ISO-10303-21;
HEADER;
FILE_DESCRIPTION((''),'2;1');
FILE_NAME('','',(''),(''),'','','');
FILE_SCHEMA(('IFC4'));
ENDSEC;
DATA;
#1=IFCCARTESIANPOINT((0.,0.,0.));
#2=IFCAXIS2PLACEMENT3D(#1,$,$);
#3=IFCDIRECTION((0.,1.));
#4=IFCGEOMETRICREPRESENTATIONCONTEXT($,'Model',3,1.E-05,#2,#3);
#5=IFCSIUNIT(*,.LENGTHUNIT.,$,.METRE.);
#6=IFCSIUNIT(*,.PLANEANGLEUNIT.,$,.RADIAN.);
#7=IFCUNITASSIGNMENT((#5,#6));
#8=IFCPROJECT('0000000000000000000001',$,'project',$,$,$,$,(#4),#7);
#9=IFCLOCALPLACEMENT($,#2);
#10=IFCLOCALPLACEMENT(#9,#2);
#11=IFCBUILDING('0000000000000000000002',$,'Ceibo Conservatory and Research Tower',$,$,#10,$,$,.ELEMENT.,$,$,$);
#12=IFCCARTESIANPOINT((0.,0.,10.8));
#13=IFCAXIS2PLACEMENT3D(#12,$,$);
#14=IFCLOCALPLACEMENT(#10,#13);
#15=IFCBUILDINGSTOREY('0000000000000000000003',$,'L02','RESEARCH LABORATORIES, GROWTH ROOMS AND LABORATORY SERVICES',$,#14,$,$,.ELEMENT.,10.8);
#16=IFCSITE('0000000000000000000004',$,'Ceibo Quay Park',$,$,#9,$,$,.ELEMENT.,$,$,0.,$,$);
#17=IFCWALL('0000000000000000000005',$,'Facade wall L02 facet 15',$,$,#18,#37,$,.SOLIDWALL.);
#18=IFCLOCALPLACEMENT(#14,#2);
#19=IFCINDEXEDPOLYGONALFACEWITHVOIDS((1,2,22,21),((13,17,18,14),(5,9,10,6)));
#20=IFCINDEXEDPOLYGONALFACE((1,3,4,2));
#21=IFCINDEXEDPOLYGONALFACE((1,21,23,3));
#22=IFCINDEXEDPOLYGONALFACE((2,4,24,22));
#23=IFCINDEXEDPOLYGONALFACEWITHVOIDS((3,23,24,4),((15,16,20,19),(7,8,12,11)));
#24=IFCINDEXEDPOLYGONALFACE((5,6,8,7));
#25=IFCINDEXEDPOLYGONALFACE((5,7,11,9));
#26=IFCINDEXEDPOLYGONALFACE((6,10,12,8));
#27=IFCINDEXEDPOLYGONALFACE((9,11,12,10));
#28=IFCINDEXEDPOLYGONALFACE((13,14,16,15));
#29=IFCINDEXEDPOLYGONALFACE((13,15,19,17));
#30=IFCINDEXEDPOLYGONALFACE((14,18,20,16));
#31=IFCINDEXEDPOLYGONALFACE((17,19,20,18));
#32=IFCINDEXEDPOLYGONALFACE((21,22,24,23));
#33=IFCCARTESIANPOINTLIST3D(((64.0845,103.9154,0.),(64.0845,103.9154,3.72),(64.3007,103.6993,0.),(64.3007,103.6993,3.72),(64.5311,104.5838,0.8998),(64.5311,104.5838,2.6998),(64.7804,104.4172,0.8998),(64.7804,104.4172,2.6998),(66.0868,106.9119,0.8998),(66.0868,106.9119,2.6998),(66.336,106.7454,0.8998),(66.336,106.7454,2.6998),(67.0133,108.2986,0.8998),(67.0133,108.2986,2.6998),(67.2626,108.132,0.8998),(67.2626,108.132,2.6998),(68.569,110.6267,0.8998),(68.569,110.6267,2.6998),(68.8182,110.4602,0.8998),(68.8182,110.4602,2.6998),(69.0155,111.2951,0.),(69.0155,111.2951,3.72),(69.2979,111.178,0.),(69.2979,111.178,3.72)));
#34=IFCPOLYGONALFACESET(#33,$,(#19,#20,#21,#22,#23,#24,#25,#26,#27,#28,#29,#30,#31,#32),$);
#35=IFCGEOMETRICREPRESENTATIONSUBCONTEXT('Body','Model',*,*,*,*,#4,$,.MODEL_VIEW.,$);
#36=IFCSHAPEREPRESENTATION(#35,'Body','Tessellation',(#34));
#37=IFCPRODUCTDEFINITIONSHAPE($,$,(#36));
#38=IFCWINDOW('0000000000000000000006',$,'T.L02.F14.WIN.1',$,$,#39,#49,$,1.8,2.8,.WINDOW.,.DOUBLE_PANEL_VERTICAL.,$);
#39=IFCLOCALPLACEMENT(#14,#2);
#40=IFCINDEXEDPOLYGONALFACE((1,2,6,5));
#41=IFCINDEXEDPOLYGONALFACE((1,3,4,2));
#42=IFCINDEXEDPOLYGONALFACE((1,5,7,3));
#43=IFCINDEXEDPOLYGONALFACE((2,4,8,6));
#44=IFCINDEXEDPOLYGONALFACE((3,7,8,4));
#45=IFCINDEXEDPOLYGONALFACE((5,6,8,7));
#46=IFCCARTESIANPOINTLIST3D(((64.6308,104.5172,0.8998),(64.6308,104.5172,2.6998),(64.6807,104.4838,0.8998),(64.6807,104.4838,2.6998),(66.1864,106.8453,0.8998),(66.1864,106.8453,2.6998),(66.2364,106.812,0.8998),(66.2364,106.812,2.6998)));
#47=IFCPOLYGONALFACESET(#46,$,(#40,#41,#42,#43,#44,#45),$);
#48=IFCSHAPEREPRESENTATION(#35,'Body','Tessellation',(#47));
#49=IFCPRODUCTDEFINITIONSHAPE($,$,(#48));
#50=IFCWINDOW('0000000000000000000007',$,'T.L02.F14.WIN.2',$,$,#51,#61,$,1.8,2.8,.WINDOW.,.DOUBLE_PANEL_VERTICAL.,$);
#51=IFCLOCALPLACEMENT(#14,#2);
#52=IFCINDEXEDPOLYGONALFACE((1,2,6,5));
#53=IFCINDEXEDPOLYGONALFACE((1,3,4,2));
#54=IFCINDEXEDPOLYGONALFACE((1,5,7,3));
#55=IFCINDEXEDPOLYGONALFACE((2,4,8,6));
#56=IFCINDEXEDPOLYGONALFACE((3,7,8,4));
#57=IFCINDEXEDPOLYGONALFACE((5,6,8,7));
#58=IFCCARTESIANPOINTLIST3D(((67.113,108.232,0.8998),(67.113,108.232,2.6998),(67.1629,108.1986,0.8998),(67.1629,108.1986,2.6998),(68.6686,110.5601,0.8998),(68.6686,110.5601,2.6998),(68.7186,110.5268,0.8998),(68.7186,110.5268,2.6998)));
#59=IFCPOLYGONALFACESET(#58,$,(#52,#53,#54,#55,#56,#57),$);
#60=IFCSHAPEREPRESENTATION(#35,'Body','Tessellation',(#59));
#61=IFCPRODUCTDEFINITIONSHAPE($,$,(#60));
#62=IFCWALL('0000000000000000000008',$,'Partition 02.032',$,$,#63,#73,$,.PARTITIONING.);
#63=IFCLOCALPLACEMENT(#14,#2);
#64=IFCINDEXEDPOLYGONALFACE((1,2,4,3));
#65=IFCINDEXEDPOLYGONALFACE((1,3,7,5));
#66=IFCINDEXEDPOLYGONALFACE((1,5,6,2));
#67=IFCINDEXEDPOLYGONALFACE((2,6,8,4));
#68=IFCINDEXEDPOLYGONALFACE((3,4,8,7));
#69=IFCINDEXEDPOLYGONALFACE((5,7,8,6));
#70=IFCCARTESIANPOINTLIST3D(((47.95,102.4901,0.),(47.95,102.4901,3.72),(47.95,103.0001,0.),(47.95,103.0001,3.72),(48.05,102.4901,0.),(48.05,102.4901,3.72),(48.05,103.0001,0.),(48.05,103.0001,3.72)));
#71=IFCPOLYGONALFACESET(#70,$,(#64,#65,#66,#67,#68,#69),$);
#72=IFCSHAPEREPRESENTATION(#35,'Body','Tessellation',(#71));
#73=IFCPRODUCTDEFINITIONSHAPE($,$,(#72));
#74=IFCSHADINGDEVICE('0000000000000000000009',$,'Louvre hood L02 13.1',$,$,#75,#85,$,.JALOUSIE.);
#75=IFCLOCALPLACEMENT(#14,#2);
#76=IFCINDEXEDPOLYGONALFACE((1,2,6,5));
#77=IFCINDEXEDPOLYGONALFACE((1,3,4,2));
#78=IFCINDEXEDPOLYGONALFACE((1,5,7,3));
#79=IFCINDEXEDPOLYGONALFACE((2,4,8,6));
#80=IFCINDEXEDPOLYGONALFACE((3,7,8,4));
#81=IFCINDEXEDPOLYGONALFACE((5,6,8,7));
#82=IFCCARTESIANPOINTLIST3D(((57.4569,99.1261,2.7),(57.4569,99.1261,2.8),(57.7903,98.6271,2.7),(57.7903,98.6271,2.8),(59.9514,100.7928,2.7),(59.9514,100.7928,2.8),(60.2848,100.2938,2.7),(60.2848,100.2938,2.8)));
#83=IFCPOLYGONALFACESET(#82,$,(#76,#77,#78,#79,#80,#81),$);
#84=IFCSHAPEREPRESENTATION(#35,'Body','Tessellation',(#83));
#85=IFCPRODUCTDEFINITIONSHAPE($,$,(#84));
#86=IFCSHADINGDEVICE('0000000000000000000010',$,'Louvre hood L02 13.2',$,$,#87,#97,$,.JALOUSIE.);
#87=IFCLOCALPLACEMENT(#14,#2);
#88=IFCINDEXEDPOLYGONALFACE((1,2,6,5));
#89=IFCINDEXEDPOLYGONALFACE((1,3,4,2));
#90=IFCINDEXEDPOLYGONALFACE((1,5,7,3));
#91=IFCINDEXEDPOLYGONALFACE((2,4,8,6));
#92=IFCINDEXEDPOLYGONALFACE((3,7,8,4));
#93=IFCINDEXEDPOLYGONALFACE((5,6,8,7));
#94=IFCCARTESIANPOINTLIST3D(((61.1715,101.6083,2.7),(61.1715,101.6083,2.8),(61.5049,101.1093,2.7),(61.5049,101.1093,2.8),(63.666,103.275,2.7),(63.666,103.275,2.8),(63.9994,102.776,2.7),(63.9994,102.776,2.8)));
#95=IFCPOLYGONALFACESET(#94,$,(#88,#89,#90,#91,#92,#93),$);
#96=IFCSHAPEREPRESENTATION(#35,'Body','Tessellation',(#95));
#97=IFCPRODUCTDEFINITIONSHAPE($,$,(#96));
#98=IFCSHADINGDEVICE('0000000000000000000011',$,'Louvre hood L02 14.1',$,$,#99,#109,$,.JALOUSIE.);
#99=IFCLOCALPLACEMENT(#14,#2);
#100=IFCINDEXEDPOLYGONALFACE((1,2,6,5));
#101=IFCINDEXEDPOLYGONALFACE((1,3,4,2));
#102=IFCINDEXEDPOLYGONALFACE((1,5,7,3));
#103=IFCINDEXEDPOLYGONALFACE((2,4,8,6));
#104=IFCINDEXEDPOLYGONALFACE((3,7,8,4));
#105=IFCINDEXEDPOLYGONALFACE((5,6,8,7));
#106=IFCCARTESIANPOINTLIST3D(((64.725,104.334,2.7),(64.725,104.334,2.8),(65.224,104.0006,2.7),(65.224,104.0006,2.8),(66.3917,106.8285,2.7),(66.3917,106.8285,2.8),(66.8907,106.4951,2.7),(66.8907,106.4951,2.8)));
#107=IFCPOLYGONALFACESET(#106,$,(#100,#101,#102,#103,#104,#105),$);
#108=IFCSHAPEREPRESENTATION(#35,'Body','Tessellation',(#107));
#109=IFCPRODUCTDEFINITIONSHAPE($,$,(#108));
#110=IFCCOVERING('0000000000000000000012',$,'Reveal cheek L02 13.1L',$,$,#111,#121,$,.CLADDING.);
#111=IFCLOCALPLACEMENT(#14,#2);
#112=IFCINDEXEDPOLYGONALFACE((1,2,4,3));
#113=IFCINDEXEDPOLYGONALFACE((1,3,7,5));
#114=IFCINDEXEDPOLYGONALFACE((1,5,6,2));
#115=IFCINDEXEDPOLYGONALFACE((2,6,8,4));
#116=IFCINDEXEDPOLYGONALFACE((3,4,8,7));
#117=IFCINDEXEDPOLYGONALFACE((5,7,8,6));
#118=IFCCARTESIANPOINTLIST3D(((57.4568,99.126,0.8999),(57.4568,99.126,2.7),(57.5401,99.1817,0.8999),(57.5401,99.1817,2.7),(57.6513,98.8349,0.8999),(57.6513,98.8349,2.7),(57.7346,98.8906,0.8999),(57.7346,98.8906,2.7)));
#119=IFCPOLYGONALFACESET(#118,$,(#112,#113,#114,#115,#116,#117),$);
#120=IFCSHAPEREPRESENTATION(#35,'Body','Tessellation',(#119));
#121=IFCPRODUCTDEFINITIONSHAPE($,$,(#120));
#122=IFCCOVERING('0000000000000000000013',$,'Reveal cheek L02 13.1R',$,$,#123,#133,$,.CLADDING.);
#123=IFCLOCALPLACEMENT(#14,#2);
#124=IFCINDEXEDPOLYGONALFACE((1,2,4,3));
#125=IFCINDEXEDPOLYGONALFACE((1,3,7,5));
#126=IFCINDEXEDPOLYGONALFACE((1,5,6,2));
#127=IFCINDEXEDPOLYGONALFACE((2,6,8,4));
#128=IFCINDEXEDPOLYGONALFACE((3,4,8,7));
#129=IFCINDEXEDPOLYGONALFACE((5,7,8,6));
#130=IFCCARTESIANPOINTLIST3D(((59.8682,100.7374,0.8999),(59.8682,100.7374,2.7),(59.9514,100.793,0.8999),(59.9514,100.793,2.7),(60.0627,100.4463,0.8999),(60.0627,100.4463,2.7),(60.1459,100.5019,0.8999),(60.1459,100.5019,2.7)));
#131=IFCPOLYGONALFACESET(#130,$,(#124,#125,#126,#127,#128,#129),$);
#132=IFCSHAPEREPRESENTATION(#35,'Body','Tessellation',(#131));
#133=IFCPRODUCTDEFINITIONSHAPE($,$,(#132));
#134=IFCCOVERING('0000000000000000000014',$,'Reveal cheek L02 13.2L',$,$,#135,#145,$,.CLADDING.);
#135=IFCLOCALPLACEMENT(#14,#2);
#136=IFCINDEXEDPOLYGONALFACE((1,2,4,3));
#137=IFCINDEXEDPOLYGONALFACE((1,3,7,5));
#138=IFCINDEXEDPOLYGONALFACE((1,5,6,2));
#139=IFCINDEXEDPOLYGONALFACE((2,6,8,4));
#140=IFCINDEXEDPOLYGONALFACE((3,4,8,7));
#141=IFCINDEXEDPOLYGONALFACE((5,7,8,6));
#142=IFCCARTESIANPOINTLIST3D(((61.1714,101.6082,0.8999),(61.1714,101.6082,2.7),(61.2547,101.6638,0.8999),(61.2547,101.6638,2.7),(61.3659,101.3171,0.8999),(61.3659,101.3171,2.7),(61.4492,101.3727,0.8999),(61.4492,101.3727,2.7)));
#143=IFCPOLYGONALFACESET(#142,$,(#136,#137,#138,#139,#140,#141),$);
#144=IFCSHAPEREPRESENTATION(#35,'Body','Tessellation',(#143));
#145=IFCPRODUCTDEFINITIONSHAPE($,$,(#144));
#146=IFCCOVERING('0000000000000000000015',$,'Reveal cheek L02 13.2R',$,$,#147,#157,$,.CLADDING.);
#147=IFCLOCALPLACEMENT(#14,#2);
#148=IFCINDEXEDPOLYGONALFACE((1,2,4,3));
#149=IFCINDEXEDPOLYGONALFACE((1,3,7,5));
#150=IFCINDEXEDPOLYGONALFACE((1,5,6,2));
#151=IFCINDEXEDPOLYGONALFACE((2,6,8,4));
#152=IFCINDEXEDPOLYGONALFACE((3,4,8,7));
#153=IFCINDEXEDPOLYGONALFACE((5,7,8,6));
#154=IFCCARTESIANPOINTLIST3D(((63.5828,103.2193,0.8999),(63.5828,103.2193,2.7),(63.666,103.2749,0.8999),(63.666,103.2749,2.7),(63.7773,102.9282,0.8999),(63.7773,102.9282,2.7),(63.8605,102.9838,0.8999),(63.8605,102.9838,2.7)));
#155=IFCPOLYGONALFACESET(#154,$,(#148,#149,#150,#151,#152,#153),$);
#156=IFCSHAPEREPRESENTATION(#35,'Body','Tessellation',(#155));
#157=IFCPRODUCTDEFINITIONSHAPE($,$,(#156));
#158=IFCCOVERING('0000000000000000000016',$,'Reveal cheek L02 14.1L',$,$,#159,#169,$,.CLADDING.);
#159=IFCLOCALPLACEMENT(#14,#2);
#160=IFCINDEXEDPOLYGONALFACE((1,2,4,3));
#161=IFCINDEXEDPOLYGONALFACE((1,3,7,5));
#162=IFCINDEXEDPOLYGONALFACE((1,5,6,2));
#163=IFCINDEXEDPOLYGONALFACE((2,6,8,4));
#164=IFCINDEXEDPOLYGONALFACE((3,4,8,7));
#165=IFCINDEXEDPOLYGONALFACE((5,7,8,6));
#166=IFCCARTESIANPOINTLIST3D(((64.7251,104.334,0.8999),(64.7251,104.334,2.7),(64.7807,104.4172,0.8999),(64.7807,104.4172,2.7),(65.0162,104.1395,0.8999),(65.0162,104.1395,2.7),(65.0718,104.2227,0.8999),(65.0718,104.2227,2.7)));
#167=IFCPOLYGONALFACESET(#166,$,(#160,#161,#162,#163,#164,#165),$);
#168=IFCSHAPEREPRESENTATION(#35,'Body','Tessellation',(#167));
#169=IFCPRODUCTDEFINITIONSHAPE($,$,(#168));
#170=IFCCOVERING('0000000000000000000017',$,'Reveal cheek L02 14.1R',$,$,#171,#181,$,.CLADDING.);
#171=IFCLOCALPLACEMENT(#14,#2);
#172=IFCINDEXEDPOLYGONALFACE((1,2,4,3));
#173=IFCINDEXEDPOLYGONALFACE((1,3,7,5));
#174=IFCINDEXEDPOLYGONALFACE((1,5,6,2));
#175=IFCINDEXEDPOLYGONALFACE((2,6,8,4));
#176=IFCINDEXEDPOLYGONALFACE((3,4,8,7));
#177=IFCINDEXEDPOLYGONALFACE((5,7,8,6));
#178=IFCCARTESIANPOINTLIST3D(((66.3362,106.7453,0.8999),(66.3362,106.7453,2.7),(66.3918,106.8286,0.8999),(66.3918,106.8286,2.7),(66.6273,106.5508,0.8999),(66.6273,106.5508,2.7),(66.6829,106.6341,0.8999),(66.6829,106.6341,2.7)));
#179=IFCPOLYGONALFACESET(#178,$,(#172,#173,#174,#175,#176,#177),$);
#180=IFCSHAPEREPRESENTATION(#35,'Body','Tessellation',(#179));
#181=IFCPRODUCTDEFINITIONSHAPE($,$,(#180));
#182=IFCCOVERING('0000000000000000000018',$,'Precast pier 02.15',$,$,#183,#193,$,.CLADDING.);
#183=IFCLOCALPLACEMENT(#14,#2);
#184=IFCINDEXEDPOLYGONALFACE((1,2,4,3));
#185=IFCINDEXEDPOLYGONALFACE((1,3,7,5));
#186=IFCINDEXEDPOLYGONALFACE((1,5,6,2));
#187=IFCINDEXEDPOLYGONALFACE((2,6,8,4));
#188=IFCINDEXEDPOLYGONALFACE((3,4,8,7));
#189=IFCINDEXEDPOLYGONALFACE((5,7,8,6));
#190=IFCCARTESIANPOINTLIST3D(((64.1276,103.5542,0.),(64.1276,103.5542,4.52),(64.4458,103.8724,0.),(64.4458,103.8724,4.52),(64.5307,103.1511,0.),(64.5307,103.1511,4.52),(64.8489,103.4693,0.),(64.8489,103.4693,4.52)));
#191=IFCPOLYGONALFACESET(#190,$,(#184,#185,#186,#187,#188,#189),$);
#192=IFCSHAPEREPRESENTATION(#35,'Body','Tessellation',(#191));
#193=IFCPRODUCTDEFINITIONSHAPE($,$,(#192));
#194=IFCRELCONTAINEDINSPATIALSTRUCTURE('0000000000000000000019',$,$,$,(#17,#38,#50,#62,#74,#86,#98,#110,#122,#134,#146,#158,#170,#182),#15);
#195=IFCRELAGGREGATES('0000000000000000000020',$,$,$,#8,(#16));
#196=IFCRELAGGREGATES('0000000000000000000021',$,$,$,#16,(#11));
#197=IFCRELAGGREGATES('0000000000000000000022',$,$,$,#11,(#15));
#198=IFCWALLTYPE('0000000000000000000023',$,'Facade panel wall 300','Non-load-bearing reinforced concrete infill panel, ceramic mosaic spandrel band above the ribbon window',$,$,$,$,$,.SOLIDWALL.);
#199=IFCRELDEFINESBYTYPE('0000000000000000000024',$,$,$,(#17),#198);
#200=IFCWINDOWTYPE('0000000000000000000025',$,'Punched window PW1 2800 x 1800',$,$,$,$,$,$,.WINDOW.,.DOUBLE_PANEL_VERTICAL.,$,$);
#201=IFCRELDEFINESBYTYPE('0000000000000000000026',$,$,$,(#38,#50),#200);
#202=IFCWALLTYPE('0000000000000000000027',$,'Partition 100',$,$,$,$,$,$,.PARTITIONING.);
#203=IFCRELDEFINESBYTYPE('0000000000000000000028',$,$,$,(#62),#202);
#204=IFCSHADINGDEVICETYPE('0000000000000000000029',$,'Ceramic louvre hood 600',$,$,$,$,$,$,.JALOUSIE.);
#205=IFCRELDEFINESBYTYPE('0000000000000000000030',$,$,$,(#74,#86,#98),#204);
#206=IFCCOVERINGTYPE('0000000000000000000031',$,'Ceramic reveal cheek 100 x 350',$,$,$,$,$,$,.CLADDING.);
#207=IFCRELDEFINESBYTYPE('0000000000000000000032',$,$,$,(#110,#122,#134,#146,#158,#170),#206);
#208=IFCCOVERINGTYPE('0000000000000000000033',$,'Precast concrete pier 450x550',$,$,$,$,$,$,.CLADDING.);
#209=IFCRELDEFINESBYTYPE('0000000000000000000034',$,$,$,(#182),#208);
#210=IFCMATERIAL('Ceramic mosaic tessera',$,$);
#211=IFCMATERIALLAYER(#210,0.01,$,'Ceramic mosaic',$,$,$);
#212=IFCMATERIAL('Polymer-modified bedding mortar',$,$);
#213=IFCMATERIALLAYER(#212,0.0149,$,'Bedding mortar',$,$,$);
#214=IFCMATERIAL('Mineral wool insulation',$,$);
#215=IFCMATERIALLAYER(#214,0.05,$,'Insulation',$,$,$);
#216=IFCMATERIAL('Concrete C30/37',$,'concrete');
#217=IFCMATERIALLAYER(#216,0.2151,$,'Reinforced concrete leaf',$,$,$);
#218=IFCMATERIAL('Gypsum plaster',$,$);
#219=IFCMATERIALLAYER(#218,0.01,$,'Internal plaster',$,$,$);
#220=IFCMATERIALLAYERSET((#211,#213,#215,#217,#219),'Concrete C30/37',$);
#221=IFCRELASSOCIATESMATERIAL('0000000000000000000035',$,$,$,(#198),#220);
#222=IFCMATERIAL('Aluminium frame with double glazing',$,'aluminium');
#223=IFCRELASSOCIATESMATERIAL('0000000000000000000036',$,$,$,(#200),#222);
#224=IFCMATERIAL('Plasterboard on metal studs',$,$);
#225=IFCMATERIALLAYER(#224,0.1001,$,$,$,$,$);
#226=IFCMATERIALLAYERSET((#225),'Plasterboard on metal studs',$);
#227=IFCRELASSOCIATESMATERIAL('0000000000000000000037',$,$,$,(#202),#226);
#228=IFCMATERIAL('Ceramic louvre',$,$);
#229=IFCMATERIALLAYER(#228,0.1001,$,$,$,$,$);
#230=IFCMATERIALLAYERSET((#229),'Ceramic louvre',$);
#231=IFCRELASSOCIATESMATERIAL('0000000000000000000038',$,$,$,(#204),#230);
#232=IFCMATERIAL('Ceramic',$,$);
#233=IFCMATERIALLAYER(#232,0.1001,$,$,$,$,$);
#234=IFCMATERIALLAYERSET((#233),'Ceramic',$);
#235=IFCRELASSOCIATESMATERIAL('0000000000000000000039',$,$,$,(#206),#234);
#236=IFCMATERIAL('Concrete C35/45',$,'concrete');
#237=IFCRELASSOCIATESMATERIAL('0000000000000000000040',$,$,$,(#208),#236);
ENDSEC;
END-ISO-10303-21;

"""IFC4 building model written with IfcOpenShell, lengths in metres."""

from ifc_helpers import new_model, si_unit, direction, frame, frame_2d, origin, origin_2d, place, context, subcontext, project, spatial, polyline, rectangle, outline, extrude, material, layer, layer_set, type_object, element, fill, save


model = new_model("IFC4")

# Units and contexts
model_context = context("Model", 3, precision=1e-05, world=origin(), true_north=direction((0.0, 1.0)))
body_context = subcontext(model_context, "Body", "Model", "MODEL_VIEW")
ifc_project = project(units=[si_unit("LENGTHUNIT", "METRE"), si_unit("PLANEANGLEUNIT", "RADIAN")], contexts=[model_context])

# Site, building, storey
site_placement = place(None, origin())
site = spatial("IfcSite", under=ifc_project, at=site_placement, Name="Ceibo Quay Park", CompositionType="ELEMENT", RefElevation=0.0)
building_placement = place(site_placement, origin())
building = spatial("IfcBuilding", under=site, at=building_placement, Name="Ceibo Conservatory and Research Tower", CompositionType="ELEMENT")
storey_placement = place(building_placement, frame((0.0, 0.0, 10.8)))
storey = spatial("IfcBuildingStorey", under=building, at=storey_placement, Name="L02", Description="RESEARCH LABORATORIES, GROWTH ROOMS AND LABORATORY SERVICES", CompositionType="ELEMENT", Elevation=10.8)

# Shared definitions
ifc_material_1 = material(Name="Concrete C35/45", Category="concrete")

# Wall, openings, windows
ifc_material_2 = material(Name="Ceramic mosaic tessera")
ifc_layer_1 = layer(ifc_material_2, 0.01, Name="Ceramic mosaic")
ifc_material_3 = material(Name="Polymer-modified bedding mortar")
ifc_layer_2 = layer(ifc_material_3, 0.0149, Name="Bedding mortar")
ifc_material_4 = material(Name="Mineral wool insulation")
ifc_layer_3 = layer(ifc_material_4, 0.05, Name="Insulation")
ifc_material_5 = material(Name="Concrete C30/37", Category="concrete")
ifc_layer_4 = layer(ifc_material_5, 0.2151, Name="Reinforced concrete leaf")
ifc_material_6 = material(Name="Gypsum plaster")
ifc_layer_5 = layer(ifc_material_6, 0.01, Name="Internal plaster")
ifc_layer_set_1 = layer_set([ifc_layer_1, ifc_layer_2, ifc_layer_3, ifc_layer_4, ifc_layer_5], Name="Concrete C30/37")
wall_type_1 = type_object("IfcWallType", Name="Facade panel wall 300", Description="Non-load-bearing reinforced concrete infill panel, ceramic mosaic spandrel band above the ribbon window", PredefinedType="SOLIDWALL", material=ifc_layer_set_1)
wall_1_placement = place(storey_placement, frame((64.1926, 103.8074, 0.0), z_axis=(0.0, 0.0, 1.0), x_axis=(0.555576, 0.831466, 0.0)))
wall_1 = element("IfcWall", 1, at=wall_1_placement, inside=storey, type_object=wall_type_1, Name="Facade wall L02 facet 15", PredefinedType="SOLIDWALL", context=body_context, shape_type="SweptSolid", body=[
    extrude(outline(polyline([(-0.0298, -0.1499), (8.9648, -0.1499), (8.9053, 0.1499), (0.0298, 0.1499), (-0.0298, -0.1499)])), origin(), (0.0, 0.0, 1.0), 3.72),
])
opening_1_placement = place(wall_1_placement, frame((0.8337, 0.0, 0.8999)))
opening_1 = element("IfcOpeningElement", 2, at=opening_1_placement, cuts=wall_1, PredefinedType="OPENING", context=body_context, shape_type="SweptSolid", body=[
    extrude(rectangle(XDim=2.8, YDim=1.8, at=frame_2d((1.3999, 0.8999))), frame((0.0, 0.1599, 0.0), z_axis=(0.0, -1.0, 0.0), x_axis=(1.0, 0.0, 0.0)), (0.0, 0.0, 1.0), 0.3201),
])
opening_2_placement = place(wall_1_placement, frame((5.3015, 0.0, 0.8999)))
opening_2 = element("IfcOpeningElement", 3, at=opening_2_placement, cuts=wall_1, PredefinedType="OPENING", context=body_context, shape_type="SweptSolid", body=[
    extrude(rectangle(XDim=2.8, YDim=1.8, at=frame_2d((1.3999, 0.8999))), frame((0.0, 0.1599, 0.0), z_axis=(0.0, -1.0, 0.0), x_axis=(1.0, 0.0, 0.0)), (0.0, 0.0, 1.0), 0.3201),
])
ifc_material_7 = material(Name="Aluminium frame with double glazing", Category="aluminium")
window_type = type_object("IfcWindowType", Name="Punched window PW1 2800 x 1800", PartitioningType="DOUBLE_PANEL_VERTICAL", PredefinedType="WINDOW", material=ifc_material_7)
window_1_placement = place(opening_1_placement, origin())
window_1 = element("IfcWindow", 4, at=window_1_placement, inside=storey, type_object=window_type, Name="T.L02.F14.WIN.1", OverallHeight=1.8, OverallWidth=2.8, PartitioningType="DOUBLE_PANEL_VERTICAL", PredefinedType="WINDOW", context=body_context, shape_type="SweptSolid", body=[
    extrude(rectangle(XDim=2.8, YDim=1.8, at=frame_2d((1.3999, 0.8999))), frame((0.0, 0.03, 0.0), z_axis=(0.0, -1.0, 0.0), x_axis=(1.0, 0.0, 0.0)), (0.0, 0.0, 1.0), 0.0601),
])
fill(opening_1, window_1)
window_2_placement = place(opening_2_placement, origin())
window_2 = element("IfcWindow", 5, at=window_2_placement, inside=storey, type_object=window_type, Name="T.L02.F14.WIN.2", OverallHeight=1.8, OverallWidth=2.8, PartitioningType="DOUBLE_PANEL_VERTICAL", PredefinedType="WINDOW", context=body_context, shape_type="SweptSolid", body=[
    extrude(rectangle(XDim=2.8, YDim=1.8, at=frame_2d((1.3999, 0.8999))), frame((0.0, 0.03, 0.0), z_axis=(0.0, -1.0, 0.0), x_axis=(1.0, 0.0, 0.0)), (0.0, 0.0, 1.0), 0.0601),
])
fill(opening_2, window_2)

# Wall
ifc_material_8 = material(Name="Plasterboard on metal studs")
ifc_layer_6 = layer(ifc_material_8, 0.1001)
ifc_layer_set_2 = layer_set([ifc_layer_6], Name="Plasterboard on metal studs")
wall_type_2 = type_object("IfcWallType", Name="Partition 100", PredefinedType="PARTITIONING", material=ifc_layer_set_2)
wall_2_placement = place(storey_placement, frame((48.0, 103.0, 0.0), z_axis=(0.0, 0.0, 1.0), x_axis=(0.0, -1.0, 0.0)))
element("IfcWall", 6, at=wall_2_placement, inside=storey, type_object=wall_type_2, Name="Partition 02.032", PredefinedType="PARTITIONING", context=body_context, shape_type="SweptSolid", body=[
    extrude(rectangle(XDim=0.51, YDim=0.1001, at=frame_2d((0.2549, 0.0))), origin(), (0.0, 0.0, 1.0), 3.72),
])

# Shading devices
ifc_material_9 = material(Name="Ceramic louvre")
ifc_layer_7 = layer(ifc_material_9, 0.1001)
ifc_layer_set_3 = layer_set([ifc_layer_7], Name="Ceramic louvre")
shading_device_type = type_object("IfcShadingDeviceType", Name="Ceramic louvre hood 600", PredefinedType="JALOUSIE", material=ifc_layer_set_3)
for number, where, z_axis, x_axis, name in (
    (7, (58.8708, 99.71, 2.7), (0.0, 0.0, 1.0), (0.83147, 0.55557, 0.0), "Louvre hood L02 13.1"),
    (8, (62.5854, 102.1921, 2.7), (0.0, 0.0, 1.0), (0.83147, 0.55557, 0.0), "Louvre hood L02 13.2"),
    (9, (65.8079, 105.4146, 2.7), (0.0, 0.0, 1.0), (0.55557, 0.83147, 0.0), "Louvre hood L02 14.1"),
):
    element("IfcShadingDevice", number, at=place(storey_placement, frame(where, z_axis=z_axis, x_axis=x_axis)), inside=storey, type_object=shading_device_type, Name=name, PredefinedType="JALOUSIE", context=body_context, shape_type="SweptSolid", body=[
        extrude(rectangle(XDim=3.0, YDim=0.6001, at=origin_2d()), origin(), (0.0, 0.0, 1.0), 0.1001),
    ])

# Coverings
ifc_material_10 = material(Name="Ceramic")
ifc_layer_8 = layer(ifc_material_10, 0.1001)
ifc_layer_set_4 = layer_set([ifc_layer_8], Name="Ceramic")
covering_type_1 = type_object("IfcCoveringType", Name="Ceramic reveal cheek 100 x 350", PredefinedType="CLADDING", material=ifc_layer_set_4)
for number, where, z_axis, x_axis, name in (
    (10, (57.5957, 99.0083, 0.8999), (0.0, 0.0, 1.0), (0.83147, 0.55557, 0.0), "Reveal cheek L02 13.1L"),
    (11, (60.0071, 100.6196, 0.8999), (0.0, 0.0, 1.0), (0.83147, 0.55557, 0.0), "Reveal cheek L02 13.1R"),
    (12, (61.3103, 101.4905, 0.8999), (0.0, 0.0, 1.0), (0.83147, 0.55557, 0.0), "Reveal cheek L02 13.2L"),
    (13, (63.7217, 103.1016, 0.8999), (0.0, 0.0, 1.0), (0.83147, 0.55557, 0.0), "Reveal cheek L02 13.2R"),
    (14, (64.8984, 104.2783, 0.8999), (0.0, 0.0, 1.0), (0.55557, 0.83147, 0.0), "Reveal cheek L02 14.1L"),
    (15, (66.5095, 106.6897, 0.8999), (0.0, 0.0, 1.0), (0.55557, 0.83147, 0.0), "Reveal cheek L02 14.1R"),
):
    element("IfcCovering", number, at=place(storey_placement, frame(where, z_axis=z_axis, x_axis=x_axis)), inside=storey, type_object=covering_type_1, Name=name, PredefinedType="CLADDING", context=body_context, shape_type="SweptSolid", body=[
        extrude(rectangle(XDim=0.1001, YDim=0.3501, at=origin_2d()), origin(), (0.0, 0.0, 1.0), 1.8),
    ])
covering_type_2 = type_object("IfcCoveringType", Name="Precast concrete pier 450x550", PredefinedType="CLADDING", material=ifc_material_1)
covering_placement = place(storey_placement, frame((64.4883, 103.5117, 0.0), z_axis=(0.0, 0.0, 1.0), x_axis=(0.707107, -0.707107, 0.0)))
element("IfcCovering", 16, at=covering_placement, inside=storey, type_object=covering_type_2, Name="Precast pier 02.15", PredefinedType="CLADDING", context=body_context, shape_type="SweptSolid", body=[
    extrude(rectangle(XDim=0.5701, YDim=0.45, at=origin_2d()), origin(), (0.0, 0.0, 1.0), 4.52),
])

save(model, "model.ifc")
